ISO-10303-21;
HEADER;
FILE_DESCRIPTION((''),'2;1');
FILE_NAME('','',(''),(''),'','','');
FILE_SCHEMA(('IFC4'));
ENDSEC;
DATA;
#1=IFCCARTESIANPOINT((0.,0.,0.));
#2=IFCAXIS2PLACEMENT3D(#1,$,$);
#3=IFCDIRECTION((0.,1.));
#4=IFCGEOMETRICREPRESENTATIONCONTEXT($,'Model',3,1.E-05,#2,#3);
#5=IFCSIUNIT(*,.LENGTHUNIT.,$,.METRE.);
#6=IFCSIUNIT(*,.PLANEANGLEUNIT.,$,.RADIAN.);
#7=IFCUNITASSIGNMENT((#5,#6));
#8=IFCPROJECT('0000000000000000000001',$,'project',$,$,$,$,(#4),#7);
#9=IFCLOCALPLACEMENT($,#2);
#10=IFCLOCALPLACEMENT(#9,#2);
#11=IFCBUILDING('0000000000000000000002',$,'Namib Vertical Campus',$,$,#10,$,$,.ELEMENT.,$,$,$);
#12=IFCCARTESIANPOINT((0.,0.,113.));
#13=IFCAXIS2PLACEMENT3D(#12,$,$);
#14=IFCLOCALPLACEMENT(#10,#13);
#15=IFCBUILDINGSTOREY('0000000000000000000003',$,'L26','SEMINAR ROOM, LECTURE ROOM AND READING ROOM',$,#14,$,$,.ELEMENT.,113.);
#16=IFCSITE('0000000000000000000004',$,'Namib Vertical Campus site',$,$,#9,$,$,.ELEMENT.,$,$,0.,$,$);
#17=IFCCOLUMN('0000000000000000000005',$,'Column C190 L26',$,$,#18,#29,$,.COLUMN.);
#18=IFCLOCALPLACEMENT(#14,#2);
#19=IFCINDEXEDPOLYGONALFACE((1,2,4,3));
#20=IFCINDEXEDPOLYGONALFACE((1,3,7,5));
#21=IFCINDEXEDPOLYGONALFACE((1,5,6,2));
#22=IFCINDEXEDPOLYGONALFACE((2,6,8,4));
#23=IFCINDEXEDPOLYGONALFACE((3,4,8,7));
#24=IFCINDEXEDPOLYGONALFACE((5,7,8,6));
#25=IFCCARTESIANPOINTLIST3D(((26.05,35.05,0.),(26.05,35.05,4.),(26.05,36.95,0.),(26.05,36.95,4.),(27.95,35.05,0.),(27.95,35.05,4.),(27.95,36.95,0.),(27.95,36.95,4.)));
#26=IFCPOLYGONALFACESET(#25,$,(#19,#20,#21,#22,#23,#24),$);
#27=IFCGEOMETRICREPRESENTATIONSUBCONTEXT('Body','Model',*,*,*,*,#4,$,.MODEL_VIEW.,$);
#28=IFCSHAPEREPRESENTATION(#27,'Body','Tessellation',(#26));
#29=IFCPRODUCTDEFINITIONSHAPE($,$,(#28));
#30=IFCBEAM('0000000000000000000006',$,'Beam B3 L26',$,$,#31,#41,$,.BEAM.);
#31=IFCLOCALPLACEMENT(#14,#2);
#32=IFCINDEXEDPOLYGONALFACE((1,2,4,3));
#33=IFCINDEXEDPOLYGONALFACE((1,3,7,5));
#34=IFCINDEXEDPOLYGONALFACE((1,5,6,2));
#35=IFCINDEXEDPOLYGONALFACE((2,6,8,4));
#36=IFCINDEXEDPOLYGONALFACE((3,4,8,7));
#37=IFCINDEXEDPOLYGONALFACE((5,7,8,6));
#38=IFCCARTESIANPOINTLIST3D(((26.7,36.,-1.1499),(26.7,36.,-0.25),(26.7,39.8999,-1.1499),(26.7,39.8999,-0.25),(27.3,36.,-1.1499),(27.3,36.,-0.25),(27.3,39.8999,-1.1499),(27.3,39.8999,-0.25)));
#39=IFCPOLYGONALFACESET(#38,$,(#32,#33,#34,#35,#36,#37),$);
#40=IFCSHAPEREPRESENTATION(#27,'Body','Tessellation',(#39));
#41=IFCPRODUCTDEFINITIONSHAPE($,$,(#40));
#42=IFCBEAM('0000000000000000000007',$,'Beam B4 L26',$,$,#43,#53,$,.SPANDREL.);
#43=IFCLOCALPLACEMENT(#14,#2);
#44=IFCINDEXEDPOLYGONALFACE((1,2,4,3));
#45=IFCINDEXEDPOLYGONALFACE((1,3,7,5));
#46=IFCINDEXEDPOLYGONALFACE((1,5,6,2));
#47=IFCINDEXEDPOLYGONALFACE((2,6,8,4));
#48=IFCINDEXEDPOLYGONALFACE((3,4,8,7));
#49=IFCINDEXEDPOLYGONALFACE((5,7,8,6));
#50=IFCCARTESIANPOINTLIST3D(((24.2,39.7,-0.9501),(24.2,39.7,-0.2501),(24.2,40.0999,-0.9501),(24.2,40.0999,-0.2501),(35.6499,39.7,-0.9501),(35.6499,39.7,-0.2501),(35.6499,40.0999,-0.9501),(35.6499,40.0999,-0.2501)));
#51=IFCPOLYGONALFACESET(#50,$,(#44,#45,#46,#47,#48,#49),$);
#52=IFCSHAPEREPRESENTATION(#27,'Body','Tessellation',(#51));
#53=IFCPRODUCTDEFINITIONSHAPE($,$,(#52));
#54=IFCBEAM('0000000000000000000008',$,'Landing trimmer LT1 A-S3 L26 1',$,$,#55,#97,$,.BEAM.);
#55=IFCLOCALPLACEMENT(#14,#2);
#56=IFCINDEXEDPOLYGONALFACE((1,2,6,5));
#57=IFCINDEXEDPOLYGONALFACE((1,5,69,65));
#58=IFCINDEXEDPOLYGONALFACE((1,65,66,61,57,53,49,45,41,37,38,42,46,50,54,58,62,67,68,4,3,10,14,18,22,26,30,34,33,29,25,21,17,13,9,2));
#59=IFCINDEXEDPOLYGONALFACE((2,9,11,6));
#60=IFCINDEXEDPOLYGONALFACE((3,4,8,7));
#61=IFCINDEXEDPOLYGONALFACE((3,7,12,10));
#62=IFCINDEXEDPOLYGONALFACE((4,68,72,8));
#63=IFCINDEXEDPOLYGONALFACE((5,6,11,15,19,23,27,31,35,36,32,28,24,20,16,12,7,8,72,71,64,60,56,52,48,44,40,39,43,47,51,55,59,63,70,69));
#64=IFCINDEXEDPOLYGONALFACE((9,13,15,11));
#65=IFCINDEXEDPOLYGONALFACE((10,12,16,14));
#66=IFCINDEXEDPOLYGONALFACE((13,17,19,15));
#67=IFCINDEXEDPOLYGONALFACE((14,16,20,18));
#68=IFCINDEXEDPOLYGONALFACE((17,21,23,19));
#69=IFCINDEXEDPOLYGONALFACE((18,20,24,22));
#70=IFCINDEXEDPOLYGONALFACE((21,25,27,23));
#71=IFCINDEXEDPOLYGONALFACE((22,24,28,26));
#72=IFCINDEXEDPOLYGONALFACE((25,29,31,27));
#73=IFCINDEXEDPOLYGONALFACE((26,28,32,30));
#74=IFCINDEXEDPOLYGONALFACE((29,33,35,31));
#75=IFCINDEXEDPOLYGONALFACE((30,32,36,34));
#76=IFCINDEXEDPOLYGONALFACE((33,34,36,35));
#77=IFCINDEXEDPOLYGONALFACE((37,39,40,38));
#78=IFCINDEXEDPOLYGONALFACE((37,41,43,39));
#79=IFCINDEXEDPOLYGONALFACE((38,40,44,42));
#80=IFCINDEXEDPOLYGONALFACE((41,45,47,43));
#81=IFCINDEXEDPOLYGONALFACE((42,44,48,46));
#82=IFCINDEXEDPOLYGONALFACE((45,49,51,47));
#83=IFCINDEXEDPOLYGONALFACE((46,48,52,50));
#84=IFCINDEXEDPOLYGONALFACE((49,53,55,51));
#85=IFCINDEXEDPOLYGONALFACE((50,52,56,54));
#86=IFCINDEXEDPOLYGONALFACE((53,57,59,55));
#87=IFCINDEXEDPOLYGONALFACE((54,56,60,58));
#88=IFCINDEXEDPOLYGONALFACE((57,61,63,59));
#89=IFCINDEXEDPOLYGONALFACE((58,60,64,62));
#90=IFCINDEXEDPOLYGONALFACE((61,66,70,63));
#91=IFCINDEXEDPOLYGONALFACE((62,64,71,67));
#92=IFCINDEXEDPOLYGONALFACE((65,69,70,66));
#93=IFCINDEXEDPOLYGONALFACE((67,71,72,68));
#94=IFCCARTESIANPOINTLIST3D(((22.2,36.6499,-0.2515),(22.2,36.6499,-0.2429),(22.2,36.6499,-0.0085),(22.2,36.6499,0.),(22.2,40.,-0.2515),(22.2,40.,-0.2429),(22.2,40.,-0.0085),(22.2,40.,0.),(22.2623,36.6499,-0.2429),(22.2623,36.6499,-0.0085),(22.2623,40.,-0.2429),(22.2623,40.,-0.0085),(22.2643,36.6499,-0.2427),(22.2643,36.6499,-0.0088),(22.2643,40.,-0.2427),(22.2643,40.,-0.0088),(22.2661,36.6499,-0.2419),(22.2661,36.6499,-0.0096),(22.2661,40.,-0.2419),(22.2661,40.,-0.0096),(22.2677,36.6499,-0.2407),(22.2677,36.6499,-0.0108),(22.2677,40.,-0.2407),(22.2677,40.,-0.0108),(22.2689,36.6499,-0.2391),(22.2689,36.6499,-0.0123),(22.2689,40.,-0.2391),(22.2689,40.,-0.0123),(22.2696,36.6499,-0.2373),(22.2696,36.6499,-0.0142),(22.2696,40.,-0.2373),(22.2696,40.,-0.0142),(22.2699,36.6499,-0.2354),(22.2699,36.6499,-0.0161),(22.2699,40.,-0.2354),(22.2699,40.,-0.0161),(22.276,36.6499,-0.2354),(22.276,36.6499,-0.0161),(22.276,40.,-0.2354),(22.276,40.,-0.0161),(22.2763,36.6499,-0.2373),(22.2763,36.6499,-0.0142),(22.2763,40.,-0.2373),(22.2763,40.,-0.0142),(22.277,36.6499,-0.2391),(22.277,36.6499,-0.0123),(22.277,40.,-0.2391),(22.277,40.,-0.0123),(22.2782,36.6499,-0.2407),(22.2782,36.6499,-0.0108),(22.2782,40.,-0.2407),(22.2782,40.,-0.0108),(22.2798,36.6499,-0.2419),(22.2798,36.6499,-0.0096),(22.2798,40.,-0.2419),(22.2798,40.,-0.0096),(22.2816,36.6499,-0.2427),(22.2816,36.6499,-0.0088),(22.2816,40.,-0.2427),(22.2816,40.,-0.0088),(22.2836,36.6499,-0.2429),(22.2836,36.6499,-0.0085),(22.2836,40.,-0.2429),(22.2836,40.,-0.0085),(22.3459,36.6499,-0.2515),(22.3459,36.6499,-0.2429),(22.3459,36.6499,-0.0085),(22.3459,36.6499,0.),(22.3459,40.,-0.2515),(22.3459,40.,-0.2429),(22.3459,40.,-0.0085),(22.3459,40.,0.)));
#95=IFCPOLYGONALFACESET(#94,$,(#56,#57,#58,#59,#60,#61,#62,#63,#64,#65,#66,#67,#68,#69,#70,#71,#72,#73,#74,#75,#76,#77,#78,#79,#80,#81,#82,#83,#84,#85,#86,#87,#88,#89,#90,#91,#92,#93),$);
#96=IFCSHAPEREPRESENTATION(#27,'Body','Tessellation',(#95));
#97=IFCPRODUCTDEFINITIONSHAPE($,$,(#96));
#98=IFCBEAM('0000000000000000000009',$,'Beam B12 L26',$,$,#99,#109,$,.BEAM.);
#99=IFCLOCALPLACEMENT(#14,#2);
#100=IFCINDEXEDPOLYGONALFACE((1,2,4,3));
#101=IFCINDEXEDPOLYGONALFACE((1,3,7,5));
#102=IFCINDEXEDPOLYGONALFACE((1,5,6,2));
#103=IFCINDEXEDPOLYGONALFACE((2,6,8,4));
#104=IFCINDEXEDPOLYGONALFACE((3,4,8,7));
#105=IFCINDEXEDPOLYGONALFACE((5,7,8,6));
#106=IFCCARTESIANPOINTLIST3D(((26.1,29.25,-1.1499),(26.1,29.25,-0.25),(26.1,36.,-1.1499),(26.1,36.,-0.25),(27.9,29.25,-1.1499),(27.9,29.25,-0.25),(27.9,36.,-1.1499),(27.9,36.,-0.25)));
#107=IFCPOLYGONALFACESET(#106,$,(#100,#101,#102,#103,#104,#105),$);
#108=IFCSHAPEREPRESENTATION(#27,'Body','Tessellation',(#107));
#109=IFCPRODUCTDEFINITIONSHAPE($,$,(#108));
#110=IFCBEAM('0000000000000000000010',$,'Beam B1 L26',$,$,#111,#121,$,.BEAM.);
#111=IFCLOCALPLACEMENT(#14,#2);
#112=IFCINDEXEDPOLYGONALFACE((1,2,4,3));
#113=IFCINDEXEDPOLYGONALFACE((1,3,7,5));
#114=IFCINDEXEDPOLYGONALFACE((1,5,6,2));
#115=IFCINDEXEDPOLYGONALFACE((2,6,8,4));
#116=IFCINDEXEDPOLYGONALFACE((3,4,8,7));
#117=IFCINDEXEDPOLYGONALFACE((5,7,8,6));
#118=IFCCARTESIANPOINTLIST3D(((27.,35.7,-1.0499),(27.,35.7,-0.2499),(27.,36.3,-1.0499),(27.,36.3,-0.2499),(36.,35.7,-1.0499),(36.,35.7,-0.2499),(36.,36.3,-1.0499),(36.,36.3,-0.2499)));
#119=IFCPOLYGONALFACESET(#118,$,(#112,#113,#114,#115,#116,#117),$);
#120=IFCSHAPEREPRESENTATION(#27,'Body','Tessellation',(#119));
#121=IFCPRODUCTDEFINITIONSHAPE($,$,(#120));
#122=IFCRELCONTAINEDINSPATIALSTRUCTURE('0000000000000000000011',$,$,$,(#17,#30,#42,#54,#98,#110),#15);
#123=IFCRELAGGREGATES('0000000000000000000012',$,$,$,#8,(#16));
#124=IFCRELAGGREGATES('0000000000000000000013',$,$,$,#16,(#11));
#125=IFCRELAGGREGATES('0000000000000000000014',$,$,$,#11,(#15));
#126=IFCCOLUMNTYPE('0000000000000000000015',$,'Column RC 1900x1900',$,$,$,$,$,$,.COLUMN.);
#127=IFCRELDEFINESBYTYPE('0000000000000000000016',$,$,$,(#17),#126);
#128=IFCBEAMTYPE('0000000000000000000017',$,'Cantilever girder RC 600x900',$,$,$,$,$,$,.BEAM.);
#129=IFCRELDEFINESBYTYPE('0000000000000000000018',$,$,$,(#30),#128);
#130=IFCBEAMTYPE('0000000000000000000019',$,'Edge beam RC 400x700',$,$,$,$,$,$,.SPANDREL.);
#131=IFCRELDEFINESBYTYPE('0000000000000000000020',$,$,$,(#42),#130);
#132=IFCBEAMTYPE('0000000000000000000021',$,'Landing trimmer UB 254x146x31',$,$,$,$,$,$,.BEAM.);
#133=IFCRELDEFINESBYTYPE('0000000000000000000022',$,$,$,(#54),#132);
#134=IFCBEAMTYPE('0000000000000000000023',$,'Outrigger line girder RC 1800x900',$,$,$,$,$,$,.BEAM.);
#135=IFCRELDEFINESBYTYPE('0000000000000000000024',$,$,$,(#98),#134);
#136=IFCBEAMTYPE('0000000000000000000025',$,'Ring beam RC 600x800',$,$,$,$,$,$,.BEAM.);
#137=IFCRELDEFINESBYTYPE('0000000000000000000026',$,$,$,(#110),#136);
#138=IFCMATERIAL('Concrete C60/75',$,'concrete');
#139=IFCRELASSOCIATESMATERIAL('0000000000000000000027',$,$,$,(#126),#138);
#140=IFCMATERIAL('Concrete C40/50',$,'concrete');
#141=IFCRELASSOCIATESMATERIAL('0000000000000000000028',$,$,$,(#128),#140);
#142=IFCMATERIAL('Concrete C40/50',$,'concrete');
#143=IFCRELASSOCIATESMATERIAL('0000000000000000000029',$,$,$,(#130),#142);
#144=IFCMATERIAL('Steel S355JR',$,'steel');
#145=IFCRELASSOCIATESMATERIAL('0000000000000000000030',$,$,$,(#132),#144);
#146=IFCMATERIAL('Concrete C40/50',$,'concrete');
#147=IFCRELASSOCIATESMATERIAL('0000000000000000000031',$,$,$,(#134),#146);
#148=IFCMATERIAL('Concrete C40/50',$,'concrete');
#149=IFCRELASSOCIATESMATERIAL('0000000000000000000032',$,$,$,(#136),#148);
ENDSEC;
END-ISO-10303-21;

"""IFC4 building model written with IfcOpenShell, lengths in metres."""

from ifc_helpers import new_model, si_unit, direction, frame, origin, origin_2d, place, context, subcontext, project, spatial, rectangle, i_section, extrude, material, material_profile, profile_set, type_object, element, save


model = new_model("IFC4")

# Units and contexts
model_context = context("Model", 3, precision=1e-05, world=origin(), true_north=direction((0.0, 1.0)))
body_context = subcontext(model_context, "Body", "Model", "MODEL_VIEW")
ifc_project = project(units=[si_unit("LENGTHUNIT", "METRE"), si_unit("PLANEANGLEUNIT", "RADIAN")], contexts=[model_context])

# Site, building, storey
site_placement = place(None, origin())
site = spatial("IfcSite", under=ifc_project, at=site_placement, Name="Namib Vertical Campus site", CompositionType="ELEMENT", RefElevation=0.0)
building_placement = place(site_placement, origin())
building = spatial("IfcBuilding", under=site, at=building_placement, Name="Namib Vertical Campus", CompositionType="ELEMENT")
storey_placement = place(building_placement, frame((0.0, 0.0, 113.0)))
storey = spatial("IfcBuildingStorey", under=building, at=storey_placement, Name="L26", Description="SEMINAR ROOM, LECTURE ROOM AND READING ROOM", CompositionType="ELEMENT", Elevation=113.0)

# Column
ifc_material_1 = material(Name="Concrete C60/75", Category="concrete")
ifc_material_profile_1 = material_profile(ifc_material_1, rectangle(XDim=1.8999, YDim=1.8999, at=origin_2d()))
ifc_profile_set_1 = profile_set([ifc_material_profile_1], Name="Concrete C60/75")
column_type = type_object("IfcColumnType", Name="Column RC 1900x1900", PredefinedType="COLUMN", material=ifc_profile_set_1)
column_placement = place(storey_placement, frame((27.0, 36.0, 0.0), z_axis=(0.0, 0.0, 1.0), x_axis=(1.0, 0.0, 0.0)))
element("IfcColumn", 1, at=column_placement, inside=storey, type_object=column_type, Name="Column C190 L26", PredefinedType="COLUMN", context=body_context, shape_type="SweptSolid", body=[
    extrude(rectangle(XDim=1.8999, YDim=1.8999, at=origin_2d()), origin(), (0.0, 0.0, 1.0), 4.0),
])

# Beams
ifc_material_2 = material(Name="Concrete C40/50", Category="concrete")
ifc_material_profile_2 = material_profile(ifc_material_2, rectangle(XDim=0.6001, YDim=0.8999, at=origin_2d()))
ifc_profile_set_2 = profile_set([ifc_material_profile_2], Name="Concrete C40/50")
beam_type_1 = type_object("IfcBeamType", Name="Cantilever girder RC 600x900", PredefinedType="BEAM", material=ifc_profile_set_2)
beam_1_placement = place(storey_placement, frame((27.0, 36.0, -0.7), z_axis=(0.0, 1.0, 0.0), x_axis=(-1.0, 0.0, 0.0)))
element("IfcBeam", 2, at=beam_1_placement, inside=storey, type_object=beam_type_1, Name="Beam B3 L26", PredefinedType="BEAM", context=body_context, shape_type="SweptSolid", body=[
    extrude(rectangle(XDim=0.6001, YDim=0.8999, at=origin_2d()), origin(), (0.0, 0.0, 1.0), 3.8999),
])
ifc_material_3 = material(Name="Concrete C40/50", Category="concrete")
ifc_material_profile_3 = material_profile(ifc_material_3, rectangle(XDim=0.3999, YDim=0.7, at=origin_2d()))
ifc_profile_set_3 = profile_set([ifc_material_profile_3], Name="Concrete C40/50")
beam_type_2 = type_object("IfcBeamType", Name="Edge beam RC 400x700", PredefinedType="SPANDREL", material=ifc_profile_set_3)
beam_2_placement = place(storey_placement, frame((24.2, 39.8999, -0.6001), z_axis=(1.0, 0.0, 0.0), x_axis=(0.0, 1.0, 0.0)))
element("IfcBeam", 3, at=beam_2_placement, inside=storey, type_object=beam_type_2, Name="Beam B4 L26", PredefinedType="SPANDREL", context=body_context, shape_type="SweptSolid", body=[
    extrude(rectangle(XDim=0.3999, YDim=0.7, at=origin_2d()), origin(), (0.0, 0.0, 1.0), 11.45),
])
ifc_material_4 = material(Name="Steel S355JR", Category="steel")
ifc_material_profile_4 = material_profile(ifc_material_4, i_section(OverallWidth=0.146, OverallDepth=0.2515, WebThickness=0.0061, FlangeThickness=0.0085, FilletRadius=0.0076, at=origin_2d()))
ifc_profile_set_4 = profile_set([ifc_material_profile_4], Name="Steel S355JR")
beam_type_3 = type_object("IfcBeamType", Name="Landing trimmer UB 254x146x31", PredefinedType="BEAM", material=ifc_profile_set_4)
beam_3_placement = place(storey_placement, frame((22.2729, 36.6499, -0.1257), z_axis=(0.0, 1.0, 0.0), x_axis=(-1.0, 0.0, 0.0)))
element("IfcBeam", 4, at=beam_3_placement, inside=storey, type_object=beam_type_3, Name="Landing trimmer LT1 A-S3 L26 1", PredefinedType="BEAM", context=body_context, shape_type="SweptSolid", body=[
    extrude(i_section(OverallWidth=0.146, OverallDepth=0.2515, WebThickness=0.0061, FlangeThickness=0.0085, FilletRadius=0.0076, at=origin_2d()), origin(), (0.0, 0.0, 1.0), 3.3501),
])
ifc_material_5 = material(Name="Concrete C40/50", Category="concrete")
ifc_material_profile_5 = material_profile(ifc_material_5, rectangle(XDim=1.8, YDim=0.8999, at=origin_2d()))
ifc_profile_set_5 = profile_set([ifc_material_profile_5], Name="Concrete C40/50")
beam_type_4 = type_object("IfcBeamType", Name="Outrigger line girder RC 1800x900", PredefinedType="BEAM", material=ifc_profile_set_5)
beam_4_placement = place(storey_placement, frame((27.0, 36.0, -0.7), z_axis=(0.0, -1.0, 0.0), x_axis=(1.0, 0.0, 0.0)))
element("IfcBeam", 5, at=beam_4_placement, inside=storey, type_object=beam_type_4, Name="Beam B12 L26", PredefinedType="BEAM", context=body_context, shape_type="SweptSolid", body=[
    extrude(rectangle(XDim=1.8, YDim=0.8999, at=origin_2d()), origin(), (0.0, 0.0, 1.0), 6.75),
])
ifc_material_6 = material(Name="Concrete C40/50", Category="concrete")
ifc_material_profile_6 = material_profile(ifc_material_6, rectangle(XDim=0.6001, YDim=0.8, at=origin_2d()))
ifc_profile_set_6 = profile_set([ifc_material_profile_6], Name="Concrete C40/50")
beam_type_5 = type_object("IfcBeamType", Name="Ring beam RC 600x800", PredefinedType="BEAM", material=ifc_profile_set_6)
beam_5_placement = place(storey_placement, frame((27.0, 36.0, -0.6499), z_axis=(1.0, 0.0, 0.0), x_axis=(0.0, 1.0, 0.0)))
element("IfcBeam", 6, at=beam_5_placement, inside=storey, type_object=beam_type_5, Name="Beam B1 L26", PredefinedType="BEAM", context=body_context, shape_type="SweptSolid", body=[
    extrude(rectangle(XDim=0.6001, YDim=0.8, at=origin_2d()), origin(), (0.0, 0.0, 1.0), 9.0),
])

save(model, "model.ifc")
